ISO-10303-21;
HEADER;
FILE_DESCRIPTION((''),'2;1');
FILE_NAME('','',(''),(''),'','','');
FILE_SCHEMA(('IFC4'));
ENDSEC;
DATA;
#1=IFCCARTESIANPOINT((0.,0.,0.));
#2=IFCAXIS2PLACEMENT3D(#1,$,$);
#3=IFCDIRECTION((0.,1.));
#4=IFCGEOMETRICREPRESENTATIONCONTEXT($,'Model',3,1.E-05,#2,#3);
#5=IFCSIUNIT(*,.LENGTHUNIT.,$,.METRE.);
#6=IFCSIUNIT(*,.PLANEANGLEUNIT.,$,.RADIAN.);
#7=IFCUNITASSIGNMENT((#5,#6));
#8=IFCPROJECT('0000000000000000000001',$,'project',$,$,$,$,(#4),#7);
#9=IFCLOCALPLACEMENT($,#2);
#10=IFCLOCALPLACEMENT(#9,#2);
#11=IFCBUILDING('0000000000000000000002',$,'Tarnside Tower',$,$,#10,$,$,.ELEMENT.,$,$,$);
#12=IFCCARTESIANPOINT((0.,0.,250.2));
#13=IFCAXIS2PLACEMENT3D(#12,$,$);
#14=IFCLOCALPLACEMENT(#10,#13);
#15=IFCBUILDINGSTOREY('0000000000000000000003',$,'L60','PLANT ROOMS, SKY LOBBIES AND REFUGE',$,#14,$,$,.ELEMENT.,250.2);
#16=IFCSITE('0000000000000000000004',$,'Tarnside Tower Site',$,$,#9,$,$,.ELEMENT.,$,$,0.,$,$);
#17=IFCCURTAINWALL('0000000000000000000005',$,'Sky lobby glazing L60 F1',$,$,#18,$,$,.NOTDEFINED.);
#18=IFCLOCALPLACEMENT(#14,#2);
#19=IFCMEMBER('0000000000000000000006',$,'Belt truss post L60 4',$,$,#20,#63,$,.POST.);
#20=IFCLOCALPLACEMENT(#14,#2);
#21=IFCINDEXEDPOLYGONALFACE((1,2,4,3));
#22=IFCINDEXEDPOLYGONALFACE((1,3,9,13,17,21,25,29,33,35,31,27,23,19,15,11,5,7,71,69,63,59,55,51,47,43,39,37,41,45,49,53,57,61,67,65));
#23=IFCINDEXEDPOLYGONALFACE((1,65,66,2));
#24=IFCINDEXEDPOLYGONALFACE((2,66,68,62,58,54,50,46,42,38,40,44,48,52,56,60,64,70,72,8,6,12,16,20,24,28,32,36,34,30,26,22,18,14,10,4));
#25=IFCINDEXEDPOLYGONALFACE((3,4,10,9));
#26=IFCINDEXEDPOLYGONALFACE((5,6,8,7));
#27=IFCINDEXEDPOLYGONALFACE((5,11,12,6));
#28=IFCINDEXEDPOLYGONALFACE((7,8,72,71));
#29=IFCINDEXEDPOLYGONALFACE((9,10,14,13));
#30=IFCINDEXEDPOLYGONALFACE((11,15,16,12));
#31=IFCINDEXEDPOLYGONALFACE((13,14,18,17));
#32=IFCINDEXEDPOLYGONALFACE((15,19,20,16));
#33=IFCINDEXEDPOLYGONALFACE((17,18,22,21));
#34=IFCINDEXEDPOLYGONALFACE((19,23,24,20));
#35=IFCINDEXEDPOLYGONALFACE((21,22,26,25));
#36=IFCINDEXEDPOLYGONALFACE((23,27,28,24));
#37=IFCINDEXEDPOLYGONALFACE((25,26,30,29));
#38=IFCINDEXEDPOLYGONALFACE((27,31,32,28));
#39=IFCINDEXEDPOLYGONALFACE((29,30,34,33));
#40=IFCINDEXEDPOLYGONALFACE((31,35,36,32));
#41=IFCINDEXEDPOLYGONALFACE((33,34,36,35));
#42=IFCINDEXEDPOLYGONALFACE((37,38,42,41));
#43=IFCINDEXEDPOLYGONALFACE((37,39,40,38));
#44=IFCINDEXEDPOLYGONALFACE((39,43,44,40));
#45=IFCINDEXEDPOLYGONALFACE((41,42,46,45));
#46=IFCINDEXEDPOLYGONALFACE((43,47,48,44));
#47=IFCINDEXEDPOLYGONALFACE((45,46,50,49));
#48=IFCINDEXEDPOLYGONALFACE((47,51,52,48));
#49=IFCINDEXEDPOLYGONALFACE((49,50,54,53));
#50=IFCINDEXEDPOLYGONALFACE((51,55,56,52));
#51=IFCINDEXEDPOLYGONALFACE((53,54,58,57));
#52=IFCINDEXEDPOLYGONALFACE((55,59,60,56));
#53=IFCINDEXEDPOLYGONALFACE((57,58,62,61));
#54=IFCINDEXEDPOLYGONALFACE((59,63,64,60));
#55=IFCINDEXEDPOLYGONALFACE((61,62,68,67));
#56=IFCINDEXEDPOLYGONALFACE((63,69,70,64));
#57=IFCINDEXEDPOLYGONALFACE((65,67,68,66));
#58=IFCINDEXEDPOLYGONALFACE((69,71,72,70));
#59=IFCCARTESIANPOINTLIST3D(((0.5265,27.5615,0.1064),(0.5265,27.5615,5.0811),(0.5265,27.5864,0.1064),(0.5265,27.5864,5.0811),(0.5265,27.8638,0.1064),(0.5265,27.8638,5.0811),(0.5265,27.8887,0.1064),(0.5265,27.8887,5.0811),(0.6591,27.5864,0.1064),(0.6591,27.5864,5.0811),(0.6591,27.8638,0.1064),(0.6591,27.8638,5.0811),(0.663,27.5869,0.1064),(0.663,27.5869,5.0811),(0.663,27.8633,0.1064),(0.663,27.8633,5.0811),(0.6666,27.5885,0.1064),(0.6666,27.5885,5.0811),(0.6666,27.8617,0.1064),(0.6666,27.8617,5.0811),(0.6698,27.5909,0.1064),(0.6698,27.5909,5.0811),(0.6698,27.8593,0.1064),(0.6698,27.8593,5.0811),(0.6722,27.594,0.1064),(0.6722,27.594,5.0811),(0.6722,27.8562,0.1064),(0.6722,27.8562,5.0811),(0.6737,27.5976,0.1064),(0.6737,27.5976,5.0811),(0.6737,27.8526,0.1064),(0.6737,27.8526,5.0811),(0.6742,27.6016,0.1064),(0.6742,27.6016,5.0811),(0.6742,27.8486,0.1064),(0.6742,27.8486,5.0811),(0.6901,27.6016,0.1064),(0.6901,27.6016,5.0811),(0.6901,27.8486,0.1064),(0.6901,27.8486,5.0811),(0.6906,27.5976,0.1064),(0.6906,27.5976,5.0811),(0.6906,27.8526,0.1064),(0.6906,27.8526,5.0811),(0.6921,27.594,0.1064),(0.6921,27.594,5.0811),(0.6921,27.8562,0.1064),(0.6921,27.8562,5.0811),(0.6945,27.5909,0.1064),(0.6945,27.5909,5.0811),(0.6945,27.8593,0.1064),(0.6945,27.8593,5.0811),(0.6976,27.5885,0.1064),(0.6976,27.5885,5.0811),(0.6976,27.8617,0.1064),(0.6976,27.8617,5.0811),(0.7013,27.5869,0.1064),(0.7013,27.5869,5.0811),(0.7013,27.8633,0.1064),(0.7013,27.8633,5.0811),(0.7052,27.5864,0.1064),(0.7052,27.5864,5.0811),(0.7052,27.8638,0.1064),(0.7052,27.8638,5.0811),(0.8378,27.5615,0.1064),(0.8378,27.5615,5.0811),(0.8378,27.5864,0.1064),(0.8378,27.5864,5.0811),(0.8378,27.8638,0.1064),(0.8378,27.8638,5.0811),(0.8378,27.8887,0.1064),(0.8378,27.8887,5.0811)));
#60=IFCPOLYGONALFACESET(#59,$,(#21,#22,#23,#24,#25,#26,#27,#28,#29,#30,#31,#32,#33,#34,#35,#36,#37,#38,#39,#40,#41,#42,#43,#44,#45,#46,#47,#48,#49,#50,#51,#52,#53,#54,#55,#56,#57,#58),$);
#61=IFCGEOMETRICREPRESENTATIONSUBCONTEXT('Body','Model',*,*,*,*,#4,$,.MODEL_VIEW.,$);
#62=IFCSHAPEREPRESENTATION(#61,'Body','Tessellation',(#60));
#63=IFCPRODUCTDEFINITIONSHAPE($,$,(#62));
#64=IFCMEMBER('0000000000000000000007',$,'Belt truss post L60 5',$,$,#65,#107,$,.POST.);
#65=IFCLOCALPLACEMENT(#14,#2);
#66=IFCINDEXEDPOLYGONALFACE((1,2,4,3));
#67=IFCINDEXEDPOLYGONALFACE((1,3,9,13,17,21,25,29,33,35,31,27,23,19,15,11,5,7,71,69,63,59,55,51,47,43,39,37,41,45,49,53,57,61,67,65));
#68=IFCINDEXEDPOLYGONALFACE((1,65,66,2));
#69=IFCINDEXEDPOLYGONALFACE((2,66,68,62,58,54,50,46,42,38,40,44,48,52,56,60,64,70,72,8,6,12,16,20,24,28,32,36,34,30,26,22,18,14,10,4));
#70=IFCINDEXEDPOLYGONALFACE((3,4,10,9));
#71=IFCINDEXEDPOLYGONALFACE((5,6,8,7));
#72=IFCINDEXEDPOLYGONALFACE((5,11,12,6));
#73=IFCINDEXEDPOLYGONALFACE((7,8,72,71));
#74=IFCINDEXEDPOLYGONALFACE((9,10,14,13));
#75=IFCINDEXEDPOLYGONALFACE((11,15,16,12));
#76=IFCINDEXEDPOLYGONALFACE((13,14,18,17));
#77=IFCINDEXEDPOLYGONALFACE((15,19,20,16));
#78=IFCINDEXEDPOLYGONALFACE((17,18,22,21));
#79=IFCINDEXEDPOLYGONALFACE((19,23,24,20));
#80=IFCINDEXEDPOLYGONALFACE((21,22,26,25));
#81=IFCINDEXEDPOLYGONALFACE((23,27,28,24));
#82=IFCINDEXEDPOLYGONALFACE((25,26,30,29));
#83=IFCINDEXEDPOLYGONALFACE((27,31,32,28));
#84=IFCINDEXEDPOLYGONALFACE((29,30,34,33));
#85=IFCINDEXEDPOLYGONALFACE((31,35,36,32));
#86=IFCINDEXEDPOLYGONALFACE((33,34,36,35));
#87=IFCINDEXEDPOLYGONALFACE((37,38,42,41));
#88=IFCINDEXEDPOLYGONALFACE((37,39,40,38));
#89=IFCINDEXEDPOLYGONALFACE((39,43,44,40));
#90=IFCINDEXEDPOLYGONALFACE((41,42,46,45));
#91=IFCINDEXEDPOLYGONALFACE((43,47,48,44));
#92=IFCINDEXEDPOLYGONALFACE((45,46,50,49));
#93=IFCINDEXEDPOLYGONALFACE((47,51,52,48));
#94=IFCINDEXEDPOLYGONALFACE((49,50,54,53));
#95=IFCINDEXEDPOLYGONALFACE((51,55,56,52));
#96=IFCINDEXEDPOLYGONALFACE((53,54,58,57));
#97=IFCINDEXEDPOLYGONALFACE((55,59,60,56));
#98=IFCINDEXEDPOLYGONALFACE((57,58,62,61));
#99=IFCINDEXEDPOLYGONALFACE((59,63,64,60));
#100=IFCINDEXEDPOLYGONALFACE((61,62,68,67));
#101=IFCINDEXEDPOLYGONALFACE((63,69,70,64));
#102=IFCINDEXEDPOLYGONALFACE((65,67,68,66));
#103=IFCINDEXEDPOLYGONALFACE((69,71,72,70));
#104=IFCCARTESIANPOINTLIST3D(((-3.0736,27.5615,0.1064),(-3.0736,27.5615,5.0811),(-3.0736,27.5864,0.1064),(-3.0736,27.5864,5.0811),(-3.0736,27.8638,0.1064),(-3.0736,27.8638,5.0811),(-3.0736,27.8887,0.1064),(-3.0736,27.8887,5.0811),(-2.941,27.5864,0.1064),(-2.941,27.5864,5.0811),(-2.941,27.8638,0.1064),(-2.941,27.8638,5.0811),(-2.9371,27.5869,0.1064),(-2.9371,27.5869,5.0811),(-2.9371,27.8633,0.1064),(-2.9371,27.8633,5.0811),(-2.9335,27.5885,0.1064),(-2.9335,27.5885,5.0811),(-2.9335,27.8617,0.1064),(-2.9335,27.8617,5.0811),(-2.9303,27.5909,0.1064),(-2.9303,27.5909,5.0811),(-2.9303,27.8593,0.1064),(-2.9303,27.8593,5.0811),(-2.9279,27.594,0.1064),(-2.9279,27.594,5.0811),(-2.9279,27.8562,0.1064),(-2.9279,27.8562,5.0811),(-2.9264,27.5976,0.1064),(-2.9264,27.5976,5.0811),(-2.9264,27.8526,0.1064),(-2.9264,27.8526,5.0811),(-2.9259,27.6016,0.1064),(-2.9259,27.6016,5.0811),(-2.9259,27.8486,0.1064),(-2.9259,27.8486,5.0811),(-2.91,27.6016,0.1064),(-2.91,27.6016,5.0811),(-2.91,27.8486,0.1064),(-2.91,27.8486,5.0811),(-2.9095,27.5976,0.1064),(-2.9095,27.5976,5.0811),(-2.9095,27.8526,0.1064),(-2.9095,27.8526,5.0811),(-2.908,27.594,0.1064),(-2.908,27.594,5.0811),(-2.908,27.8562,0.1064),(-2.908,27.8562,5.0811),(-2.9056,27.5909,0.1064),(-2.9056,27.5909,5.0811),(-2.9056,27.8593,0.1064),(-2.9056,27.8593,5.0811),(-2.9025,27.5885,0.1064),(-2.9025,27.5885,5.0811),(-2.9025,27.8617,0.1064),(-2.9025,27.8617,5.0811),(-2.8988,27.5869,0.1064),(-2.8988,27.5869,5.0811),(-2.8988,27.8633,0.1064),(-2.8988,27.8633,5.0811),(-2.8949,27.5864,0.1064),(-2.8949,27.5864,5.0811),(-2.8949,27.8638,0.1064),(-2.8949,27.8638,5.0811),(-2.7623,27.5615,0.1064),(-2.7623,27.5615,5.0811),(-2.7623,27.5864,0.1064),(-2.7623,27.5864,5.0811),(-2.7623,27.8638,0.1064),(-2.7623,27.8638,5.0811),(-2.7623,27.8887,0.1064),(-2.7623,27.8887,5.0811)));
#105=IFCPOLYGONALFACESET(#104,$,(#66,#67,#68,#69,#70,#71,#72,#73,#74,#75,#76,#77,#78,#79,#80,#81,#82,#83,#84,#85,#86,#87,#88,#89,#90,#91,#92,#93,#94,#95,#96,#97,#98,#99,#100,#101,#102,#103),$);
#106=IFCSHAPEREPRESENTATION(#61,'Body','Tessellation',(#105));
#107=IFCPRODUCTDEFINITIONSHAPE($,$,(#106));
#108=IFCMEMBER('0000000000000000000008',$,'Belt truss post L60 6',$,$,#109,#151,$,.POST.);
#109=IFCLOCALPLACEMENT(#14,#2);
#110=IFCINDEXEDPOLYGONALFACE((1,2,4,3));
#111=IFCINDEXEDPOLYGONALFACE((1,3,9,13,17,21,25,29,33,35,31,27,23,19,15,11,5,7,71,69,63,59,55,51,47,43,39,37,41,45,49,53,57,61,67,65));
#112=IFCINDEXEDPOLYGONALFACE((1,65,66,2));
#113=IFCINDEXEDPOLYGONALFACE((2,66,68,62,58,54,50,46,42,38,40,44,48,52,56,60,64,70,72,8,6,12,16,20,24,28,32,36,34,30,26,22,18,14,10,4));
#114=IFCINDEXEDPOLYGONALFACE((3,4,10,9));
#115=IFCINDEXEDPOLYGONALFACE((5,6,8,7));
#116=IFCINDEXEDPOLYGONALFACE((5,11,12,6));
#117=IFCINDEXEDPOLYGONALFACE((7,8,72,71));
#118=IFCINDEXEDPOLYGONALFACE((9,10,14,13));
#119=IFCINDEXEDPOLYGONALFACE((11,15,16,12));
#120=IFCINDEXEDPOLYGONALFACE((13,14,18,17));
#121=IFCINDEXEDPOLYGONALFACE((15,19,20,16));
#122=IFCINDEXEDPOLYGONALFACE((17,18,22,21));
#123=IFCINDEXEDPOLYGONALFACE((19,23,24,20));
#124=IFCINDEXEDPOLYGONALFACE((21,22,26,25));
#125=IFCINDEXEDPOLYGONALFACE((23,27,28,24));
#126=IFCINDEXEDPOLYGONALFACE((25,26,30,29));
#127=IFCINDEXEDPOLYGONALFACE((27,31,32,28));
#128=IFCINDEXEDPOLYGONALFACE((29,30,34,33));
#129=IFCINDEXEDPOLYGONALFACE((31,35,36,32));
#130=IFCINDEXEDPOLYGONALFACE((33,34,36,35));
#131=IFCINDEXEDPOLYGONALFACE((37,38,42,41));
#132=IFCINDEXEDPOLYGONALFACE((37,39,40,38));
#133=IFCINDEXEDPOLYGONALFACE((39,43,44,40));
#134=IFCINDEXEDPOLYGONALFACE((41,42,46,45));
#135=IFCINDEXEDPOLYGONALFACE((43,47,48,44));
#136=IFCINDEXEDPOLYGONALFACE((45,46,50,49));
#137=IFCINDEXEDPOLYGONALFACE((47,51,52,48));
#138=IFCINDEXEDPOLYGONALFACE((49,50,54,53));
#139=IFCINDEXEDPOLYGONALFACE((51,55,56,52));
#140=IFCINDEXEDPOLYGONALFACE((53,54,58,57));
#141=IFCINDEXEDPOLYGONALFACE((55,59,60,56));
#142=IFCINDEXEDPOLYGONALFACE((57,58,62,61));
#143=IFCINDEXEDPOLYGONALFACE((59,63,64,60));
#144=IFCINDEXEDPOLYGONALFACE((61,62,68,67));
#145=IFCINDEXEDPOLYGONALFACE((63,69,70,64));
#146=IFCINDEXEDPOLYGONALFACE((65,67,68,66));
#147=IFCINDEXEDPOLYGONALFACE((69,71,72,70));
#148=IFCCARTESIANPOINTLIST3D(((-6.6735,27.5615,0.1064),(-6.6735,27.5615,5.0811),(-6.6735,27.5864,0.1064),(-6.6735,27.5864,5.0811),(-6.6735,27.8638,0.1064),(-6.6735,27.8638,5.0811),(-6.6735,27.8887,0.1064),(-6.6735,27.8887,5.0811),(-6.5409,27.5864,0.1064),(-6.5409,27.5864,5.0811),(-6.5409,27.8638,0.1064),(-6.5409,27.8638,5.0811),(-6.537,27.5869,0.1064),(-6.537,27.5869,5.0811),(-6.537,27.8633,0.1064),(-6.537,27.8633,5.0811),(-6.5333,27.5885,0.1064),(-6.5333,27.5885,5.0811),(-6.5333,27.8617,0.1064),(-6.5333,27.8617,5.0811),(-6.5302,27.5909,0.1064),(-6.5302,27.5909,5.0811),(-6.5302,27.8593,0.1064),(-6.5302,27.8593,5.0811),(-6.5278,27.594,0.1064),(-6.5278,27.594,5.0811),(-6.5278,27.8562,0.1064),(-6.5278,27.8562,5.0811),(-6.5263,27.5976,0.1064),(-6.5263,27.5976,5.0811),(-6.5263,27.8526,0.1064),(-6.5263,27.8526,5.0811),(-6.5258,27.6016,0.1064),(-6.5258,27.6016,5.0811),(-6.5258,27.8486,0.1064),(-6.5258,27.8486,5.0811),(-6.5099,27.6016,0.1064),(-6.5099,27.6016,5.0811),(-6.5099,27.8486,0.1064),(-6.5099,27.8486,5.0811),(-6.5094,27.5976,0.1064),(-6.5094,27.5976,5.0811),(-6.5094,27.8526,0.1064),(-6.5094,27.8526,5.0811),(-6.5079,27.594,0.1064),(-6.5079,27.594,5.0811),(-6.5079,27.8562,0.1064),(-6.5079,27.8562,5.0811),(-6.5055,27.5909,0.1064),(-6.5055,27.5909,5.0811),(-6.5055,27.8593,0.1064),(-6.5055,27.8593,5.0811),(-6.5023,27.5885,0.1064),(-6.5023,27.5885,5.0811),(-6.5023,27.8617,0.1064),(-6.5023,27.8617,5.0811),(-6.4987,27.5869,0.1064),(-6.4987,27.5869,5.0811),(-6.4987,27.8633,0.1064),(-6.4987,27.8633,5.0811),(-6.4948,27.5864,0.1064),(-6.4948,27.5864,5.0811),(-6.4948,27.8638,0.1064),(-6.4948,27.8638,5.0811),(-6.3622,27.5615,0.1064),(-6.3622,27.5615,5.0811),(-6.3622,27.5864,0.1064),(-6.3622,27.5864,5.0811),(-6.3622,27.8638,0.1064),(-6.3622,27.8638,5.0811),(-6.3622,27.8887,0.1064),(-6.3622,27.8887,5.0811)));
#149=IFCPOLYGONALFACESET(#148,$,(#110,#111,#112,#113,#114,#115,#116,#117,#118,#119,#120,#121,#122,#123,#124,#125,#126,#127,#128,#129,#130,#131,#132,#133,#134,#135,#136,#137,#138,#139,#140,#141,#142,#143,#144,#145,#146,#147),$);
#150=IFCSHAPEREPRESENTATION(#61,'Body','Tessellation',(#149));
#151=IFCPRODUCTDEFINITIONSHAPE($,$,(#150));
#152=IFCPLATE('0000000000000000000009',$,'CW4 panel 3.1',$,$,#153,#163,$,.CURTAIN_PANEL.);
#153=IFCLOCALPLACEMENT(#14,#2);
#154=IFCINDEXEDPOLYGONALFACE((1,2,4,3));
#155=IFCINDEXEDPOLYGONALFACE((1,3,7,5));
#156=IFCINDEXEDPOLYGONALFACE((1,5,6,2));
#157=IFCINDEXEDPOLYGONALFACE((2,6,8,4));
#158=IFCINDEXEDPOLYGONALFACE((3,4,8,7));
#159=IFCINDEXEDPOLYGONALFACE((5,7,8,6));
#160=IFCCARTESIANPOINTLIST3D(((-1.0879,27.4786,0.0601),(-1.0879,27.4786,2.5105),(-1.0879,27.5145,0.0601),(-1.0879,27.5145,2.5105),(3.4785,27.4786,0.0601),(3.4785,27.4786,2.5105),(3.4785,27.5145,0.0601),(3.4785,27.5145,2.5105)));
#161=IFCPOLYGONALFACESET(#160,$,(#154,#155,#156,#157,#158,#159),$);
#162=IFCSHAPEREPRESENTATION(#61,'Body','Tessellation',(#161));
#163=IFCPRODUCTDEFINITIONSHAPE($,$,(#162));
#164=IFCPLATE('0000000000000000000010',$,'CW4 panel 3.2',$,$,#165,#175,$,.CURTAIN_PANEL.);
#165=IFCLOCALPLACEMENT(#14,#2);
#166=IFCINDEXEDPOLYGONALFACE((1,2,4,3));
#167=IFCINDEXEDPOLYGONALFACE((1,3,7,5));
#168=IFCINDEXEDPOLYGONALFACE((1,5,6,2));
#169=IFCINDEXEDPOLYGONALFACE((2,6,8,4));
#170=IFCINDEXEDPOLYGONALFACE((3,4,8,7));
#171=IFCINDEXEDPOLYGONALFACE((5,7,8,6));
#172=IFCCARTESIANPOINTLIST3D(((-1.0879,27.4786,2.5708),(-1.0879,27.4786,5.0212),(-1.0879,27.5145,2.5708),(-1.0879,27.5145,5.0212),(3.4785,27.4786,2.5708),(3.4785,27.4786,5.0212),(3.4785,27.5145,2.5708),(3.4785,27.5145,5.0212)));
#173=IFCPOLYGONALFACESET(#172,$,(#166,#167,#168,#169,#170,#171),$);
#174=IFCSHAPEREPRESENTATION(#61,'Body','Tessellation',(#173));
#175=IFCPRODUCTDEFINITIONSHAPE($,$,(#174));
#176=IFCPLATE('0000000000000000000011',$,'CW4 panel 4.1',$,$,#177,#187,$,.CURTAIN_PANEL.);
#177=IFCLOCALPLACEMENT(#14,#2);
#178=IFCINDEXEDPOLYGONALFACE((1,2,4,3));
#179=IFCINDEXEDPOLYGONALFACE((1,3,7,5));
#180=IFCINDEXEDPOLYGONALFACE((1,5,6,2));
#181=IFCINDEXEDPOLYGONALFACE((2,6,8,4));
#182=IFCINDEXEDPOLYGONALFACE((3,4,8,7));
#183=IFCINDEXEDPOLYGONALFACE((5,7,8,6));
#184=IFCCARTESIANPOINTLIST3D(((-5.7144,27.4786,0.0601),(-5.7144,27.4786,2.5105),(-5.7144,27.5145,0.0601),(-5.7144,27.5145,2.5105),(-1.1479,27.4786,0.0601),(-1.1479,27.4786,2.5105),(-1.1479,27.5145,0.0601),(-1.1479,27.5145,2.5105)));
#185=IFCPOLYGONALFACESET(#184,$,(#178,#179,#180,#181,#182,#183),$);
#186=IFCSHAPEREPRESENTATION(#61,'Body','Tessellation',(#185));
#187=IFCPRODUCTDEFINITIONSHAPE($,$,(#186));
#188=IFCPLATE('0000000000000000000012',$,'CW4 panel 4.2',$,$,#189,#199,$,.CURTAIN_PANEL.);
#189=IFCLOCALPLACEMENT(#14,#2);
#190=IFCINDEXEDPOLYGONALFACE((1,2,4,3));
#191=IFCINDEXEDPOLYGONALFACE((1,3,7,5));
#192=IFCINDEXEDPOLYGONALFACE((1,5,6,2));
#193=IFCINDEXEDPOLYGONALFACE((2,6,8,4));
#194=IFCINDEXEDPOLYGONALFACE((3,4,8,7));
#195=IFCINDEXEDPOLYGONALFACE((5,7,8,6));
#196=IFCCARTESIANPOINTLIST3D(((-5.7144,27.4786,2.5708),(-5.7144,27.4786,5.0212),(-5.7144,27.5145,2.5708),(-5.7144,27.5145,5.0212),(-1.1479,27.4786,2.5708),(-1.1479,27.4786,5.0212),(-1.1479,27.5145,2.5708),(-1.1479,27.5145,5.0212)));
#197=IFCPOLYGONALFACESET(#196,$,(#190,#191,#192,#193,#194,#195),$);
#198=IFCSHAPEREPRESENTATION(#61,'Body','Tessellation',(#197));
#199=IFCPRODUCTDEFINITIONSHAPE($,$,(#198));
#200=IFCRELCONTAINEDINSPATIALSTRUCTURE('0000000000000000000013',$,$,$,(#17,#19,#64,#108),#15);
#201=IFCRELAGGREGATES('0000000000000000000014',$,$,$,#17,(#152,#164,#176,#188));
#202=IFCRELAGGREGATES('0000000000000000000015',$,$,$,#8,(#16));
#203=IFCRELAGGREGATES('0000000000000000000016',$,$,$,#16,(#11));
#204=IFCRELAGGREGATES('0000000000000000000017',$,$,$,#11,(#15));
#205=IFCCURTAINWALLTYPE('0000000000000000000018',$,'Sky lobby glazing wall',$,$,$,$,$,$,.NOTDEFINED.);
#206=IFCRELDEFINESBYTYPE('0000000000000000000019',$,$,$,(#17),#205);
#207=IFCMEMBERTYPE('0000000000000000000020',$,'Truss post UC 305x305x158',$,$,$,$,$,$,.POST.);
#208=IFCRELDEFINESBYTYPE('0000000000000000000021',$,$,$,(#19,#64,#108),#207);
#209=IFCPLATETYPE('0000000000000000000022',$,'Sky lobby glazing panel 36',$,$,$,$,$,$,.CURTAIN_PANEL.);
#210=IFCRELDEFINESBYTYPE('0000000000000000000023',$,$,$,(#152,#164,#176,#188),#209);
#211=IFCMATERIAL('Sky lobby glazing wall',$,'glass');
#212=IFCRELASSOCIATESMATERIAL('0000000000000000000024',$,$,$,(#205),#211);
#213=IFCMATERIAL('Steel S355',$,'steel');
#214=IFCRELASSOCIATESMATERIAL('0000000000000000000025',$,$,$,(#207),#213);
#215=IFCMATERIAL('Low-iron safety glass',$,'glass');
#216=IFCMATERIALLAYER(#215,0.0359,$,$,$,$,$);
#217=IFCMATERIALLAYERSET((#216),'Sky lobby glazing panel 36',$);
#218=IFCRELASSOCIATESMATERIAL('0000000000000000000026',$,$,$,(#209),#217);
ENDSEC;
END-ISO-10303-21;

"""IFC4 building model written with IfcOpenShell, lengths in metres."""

from ifc_helpers import new_model, si_unit, direction, frame, origin, origin_2d, place, context, subcontext, project, spatial, rectangle, i_section, extrude, material, layer, layer_set, material_profile, profile_set, type_object, element, aggregate, save


model = new_model("IFC4")

# Units and contexts
model_context = context("Model", 3, precision=1e-05, world=origin(), true_north=direction((0.0, 1.0)))
body_context = subcontext(model_context, "Body", "Model", "MODEL_VIEW")
ifc_project = project(units=[si_unit("LENGTHUNIT", "METRE"), si_unit("PLANEANGLEUNIT", "RADIAN")], contexts=[model_context])

# Site, building, storey
site_placement = place(None, origin())
site = spatial("IfcSite", under=ifc_project, at=site_placement, Name="Tarnside Tower Site", CompositionType="ELEMENT", RefElevation=0.0)
building_placement = place(site_placement, origin())
building = spatial("IfcBuilding", under=site, at=building_placement, Name="Tarnside Tower", CompositionType="ELEMENT")
storey_placement = place(building_placement, frame((0.0, 0.0, 250.2)))
storey = spatial("IfcBuildingStorey", under=building, at=storey_placement, Name="L60", Description="PLANT ROOMS, SKY LOBBIES AND REFUGE", CompositionType="ELEMENT", Elevation=250.2)

# Shared definitions
ifc_material_1 = material(Name="Steel S355", Category="steel")

# Curtain wall
ifc_material_2 = material(Name="Sky lobby glazing wall", Category="glass")
curtain_wall_type = type_object("IfcCurtainWallType", Name="Sky lobby glazing wall", PredefinedType="NOTDEFINED", material=ifc_material_2)
curtain_wall_placement = place(storey_placement, origin())
curtain_wall = element("IfcCurtainWall", 1, at=curtain_wall_placement, inside=storey, type_object=curtain_wall_type, Name="Sky lobby glazing L60 F1", PredefinedType="NOTDEFINED")

# Members
ifc_material_profile_1 = material_profile(ifc_material_1, i_section(OverallWidth=0.3113, OverallDepth=0.3271, WebThickness=0.0159, FlangeThickness=0.0249, FilletRadius=0.0151, at=origin_2d()), Name="UC 305x305x158")
ifc_profile_set_1 = profile_set([ifc_material_profile_1], Name="Steel S355")
member_type_1 = type_object("IfcMemberType", Name="Truss post UC 305x305x158", PredefinedType="POST", material=ifc_profile_set_1)
for number, where, z_axis, x_axis, name in (
    (2, (0.6821, 27.7251, 0.1064), (0.0, 0.0, 1.0), (-1.0, 0.0, 0.0), "Belt truss post L60 4"),
    (3, (-2.918, 27.7251, 0.1064), (0.0, 0.0, 1.0), (-1.0, 0.0, 0.0), "Belt truss post L60 5"),
    (4, (-6.5178, 27.7251, 0.1064), (0.0, 0.0, 1.0), (-1.0, 0.0, 0.0), "Belt truss post L60 6"),
):
    element("IfcMember", number, at=place(storey_placement, frame(where, z_axis=z_axis, x_axis=x_axis)), inside=storey, type_object=member_type_1, Name=name, PredefinedType="POST", context=body_context, shape_type="SweptSolid", body=[
        extrude(i_section(OverallWidth=0.3113, OverallDepth=0.3271, WebThickness=0.0159, FlangeThickness=0.0249, FilletRadius=0.0151, at=origin_2d()), origin(), (0.0, 0.0, 1.0), 4.9746),
    ])

# Plates
ifc_material_3 = material(Name="Low-iron safety glass", Category="glass")
ifc_layer_1 = layer(ifc_material_3, 0.0359)
ifc_layer_set_1 = layer_set([ifc_layer_1], Name="Sky lobby glazing panel 36")
plate_type = type_object("IfcPlateType", Name="Sky lobby glazing panel 36", PredefinedType="CURTAIN_PANEL", material=ifc_layer_set_1)
plate_1_placement = place(storey_placement, frame((1.1953, 27.4966, 0.0601), z_axis=(0.0, 0.0, 1.0), x_axis=(-1.0, 0.0, 0.0)))
plate_1 = element("IfcPlate", 5, at=plate_1_placement, type_object=plate_type, Name="CW4 panel 3.1", PredefinedType="CURTAIN_PANEL", context=body_context, shape_type="SweptSolid", body=[
    extrude(rectangle(XDim=4.5664, YDim=0.0359, at=origin_2d()), origin(), (0.0, 0.0, 1.0), 2.4504),
])
plate_2_placement = place(storey_placement, frame((1.1953, 27.4966, 2.5708), z_axis=(0.0, 0.0, 1.0), x_axis=(-1.0, 0.0, 0.0)))
plate_2 = element("IfcPlate", 6, at=plate_2_placement, type_object=plate_type, Name="CW4 panel 3.2", PredefinedType="CURTAIN_PANEL", context=body_context, shape_type="SweptSolid", body=[
    extrude(rectangle(XDim=4.5664, YDim=0.0359, at=origin_2d()), origin(), (0.0, 0.0, 1.0), 2.4504),
])
plate_3_placement = place(storey_placement, frame((-3.4312, 27.4966, 0.0601), z_axis=(0.0, 0.0, 1.0), x_axis=(-1.0, 0.0, 0.0)))
plate_3 = element("IfcPlate", 7, at=plate_3_placement, type_object=plate_type, Name="CW4 panel 4.1", PredefinedType="CURTAIN_PANEL", context=body_context, shape_type="SweptSolid", body=[
    extrude(rectangle(XDim=4.5664, YDim=0.0359, at=origin_2d()), origin(), (0.0, 0.0, 1.0), 2.4504),
])
plate_4_placement = place(storey_placement, frame((-3.4312, 27.4966, 2.5708), z_axis=(0.0, 0.0, 1.0), x_axis=(-1.0, 0.0, 0.0)))
plate_4 = element("IfcPlate", 8, at=plate_4_placement, type_object=plate_type, Name="CW4 panel 4.2", PredefinedType="CURTAIN_PANEL", context=body_context, shape_type="SweptSolid", body=[
    extrude(rectangle(XDim=4.5664, YDim=0.0359, at=origin_2d()), origin(), (0.0, 0.0, 1.0), 2.4504),
])
aggregate(curtain_wall, [plate_1, plate_2, plate_3, plate_4])

save(model, "model.ifc")
